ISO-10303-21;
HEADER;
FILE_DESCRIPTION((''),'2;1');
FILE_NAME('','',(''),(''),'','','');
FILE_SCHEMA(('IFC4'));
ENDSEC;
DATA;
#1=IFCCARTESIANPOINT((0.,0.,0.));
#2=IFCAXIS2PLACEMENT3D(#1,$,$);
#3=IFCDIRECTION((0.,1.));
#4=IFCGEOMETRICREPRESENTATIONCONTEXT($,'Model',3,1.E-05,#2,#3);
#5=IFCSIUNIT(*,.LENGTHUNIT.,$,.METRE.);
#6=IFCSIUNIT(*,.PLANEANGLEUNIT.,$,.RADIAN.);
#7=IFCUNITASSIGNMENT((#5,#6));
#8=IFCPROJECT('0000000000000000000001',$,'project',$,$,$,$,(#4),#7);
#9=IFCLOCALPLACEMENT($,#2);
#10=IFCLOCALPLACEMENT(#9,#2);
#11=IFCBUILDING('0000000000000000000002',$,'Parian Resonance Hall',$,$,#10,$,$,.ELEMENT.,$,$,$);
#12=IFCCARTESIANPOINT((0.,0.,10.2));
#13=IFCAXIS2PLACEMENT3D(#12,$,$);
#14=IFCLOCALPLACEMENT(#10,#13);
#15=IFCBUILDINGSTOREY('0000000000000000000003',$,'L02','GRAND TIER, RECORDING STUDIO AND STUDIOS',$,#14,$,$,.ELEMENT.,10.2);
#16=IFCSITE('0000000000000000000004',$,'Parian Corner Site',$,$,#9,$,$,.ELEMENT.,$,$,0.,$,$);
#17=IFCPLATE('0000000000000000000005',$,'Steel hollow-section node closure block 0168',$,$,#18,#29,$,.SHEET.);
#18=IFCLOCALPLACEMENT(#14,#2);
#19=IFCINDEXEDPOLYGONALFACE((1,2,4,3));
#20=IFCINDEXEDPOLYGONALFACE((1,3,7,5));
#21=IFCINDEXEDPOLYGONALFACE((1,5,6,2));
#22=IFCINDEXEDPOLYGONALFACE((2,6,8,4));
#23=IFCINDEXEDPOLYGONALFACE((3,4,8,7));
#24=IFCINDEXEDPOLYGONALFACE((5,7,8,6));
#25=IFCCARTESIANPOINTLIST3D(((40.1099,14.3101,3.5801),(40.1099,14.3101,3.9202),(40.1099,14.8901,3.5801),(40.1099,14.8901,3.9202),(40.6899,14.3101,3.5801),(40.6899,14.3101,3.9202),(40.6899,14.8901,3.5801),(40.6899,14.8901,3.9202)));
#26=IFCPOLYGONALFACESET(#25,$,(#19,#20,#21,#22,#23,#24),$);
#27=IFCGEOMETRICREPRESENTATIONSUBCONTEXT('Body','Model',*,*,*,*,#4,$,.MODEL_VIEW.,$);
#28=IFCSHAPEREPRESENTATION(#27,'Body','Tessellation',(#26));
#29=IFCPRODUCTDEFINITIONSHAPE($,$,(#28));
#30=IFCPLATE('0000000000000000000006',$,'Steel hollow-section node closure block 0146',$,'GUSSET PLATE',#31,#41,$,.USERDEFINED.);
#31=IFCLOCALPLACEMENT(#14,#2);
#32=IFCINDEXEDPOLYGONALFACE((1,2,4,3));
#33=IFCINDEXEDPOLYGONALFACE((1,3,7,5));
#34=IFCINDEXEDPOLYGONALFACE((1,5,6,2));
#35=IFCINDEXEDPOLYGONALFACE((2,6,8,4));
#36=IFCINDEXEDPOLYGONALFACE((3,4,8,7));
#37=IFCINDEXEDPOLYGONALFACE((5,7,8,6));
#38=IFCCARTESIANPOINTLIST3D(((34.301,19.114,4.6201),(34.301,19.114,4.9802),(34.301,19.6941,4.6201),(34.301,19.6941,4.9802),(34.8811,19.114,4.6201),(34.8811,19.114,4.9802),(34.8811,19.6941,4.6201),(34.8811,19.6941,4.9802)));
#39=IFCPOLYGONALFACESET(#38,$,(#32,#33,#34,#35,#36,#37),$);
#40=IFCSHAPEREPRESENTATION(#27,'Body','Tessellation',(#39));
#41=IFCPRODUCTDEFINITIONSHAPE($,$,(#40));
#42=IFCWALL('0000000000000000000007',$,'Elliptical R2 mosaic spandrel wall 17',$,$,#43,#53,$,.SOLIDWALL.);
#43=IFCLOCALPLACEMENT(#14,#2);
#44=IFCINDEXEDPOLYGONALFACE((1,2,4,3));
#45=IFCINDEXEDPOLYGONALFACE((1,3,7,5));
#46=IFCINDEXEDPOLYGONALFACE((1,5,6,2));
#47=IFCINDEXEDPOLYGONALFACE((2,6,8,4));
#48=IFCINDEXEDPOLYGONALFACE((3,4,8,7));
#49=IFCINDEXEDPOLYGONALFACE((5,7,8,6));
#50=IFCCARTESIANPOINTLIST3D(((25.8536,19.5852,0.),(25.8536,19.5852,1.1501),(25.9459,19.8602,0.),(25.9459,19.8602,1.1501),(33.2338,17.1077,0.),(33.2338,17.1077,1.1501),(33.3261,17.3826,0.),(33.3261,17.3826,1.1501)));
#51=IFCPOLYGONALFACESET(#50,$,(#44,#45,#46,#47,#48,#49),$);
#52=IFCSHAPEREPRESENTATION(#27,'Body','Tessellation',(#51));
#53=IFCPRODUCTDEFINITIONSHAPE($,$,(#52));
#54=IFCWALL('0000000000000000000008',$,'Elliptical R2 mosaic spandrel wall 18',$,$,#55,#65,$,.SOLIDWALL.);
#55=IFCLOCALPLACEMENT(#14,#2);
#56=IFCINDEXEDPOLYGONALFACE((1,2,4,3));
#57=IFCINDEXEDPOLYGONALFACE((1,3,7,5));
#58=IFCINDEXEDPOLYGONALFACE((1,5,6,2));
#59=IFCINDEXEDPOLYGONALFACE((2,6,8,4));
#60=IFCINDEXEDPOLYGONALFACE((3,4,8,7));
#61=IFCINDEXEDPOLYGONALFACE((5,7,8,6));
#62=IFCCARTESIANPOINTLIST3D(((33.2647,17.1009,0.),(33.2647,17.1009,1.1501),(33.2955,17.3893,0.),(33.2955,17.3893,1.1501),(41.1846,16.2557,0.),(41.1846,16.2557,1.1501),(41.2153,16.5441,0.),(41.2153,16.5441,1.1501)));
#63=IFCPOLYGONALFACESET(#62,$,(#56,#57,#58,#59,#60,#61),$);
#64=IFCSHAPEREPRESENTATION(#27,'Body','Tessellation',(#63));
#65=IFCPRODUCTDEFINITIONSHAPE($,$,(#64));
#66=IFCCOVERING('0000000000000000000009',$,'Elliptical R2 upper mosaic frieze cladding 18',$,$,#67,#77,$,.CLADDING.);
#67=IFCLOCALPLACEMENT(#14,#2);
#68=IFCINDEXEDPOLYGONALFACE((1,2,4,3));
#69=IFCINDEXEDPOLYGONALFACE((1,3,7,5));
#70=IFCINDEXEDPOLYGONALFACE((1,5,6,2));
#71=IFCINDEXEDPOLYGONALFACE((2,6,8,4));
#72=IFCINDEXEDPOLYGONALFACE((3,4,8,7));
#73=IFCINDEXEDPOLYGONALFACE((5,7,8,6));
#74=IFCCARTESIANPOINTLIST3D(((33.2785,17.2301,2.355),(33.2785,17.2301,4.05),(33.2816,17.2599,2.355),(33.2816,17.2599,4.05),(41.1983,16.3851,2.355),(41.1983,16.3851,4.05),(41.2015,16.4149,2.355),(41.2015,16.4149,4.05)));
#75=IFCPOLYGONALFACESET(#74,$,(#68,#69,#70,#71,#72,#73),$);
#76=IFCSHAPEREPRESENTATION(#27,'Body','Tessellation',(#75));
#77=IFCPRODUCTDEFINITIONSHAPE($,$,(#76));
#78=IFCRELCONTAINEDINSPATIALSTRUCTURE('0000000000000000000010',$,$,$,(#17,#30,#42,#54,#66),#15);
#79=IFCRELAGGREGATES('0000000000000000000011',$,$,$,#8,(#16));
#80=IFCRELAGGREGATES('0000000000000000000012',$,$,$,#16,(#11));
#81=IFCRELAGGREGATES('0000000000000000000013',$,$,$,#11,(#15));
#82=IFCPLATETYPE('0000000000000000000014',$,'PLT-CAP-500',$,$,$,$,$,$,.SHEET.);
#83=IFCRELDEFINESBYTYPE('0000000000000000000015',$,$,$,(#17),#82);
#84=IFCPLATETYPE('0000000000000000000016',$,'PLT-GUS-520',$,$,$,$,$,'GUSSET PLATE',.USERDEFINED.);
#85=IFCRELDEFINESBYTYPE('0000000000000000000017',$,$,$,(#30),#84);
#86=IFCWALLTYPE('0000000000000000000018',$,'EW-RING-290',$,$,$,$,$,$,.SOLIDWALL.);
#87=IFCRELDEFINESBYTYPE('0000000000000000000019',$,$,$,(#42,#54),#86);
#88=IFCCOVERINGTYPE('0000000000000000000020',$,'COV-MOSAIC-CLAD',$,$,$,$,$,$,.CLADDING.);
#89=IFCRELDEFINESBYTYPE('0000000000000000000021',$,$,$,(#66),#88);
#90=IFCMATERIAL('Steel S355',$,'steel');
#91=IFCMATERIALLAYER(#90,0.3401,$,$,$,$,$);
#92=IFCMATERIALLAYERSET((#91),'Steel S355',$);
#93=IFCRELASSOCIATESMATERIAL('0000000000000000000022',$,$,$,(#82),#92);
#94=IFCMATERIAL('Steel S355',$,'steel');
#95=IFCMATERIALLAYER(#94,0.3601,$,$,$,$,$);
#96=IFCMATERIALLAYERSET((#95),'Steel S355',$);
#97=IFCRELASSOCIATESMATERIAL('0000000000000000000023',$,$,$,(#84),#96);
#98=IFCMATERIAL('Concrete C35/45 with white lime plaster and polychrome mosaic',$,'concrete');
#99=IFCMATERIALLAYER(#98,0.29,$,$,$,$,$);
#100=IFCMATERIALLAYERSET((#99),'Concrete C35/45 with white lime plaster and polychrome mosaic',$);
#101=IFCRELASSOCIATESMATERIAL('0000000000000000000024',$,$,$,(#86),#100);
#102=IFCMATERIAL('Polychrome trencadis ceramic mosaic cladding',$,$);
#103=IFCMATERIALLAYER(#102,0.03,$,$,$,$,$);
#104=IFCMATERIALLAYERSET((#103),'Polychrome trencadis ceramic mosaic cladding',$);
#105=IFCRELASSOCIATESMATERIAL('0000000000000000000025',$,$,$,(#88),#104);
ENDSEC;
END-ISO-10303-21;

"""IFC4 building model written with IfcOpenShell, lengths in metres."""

from ifc_helpers import new_model, si_unit, direction, frame, frame_2d, origin, origin_2d, place, context, subcontext, project, spatial, rectangle, extrude, material, layer, layer_set, type_object, element, save


model = new_model("IFC4")

# Units and contexts
model_context = context("Model", 3, precision=1e-05, world=origin(), true_north=direction((0.0, 1.0)))
body_context = subcontext(model_context, "Body", "Model", "MODEL_VIEW")
ifc_project = project(units=[si_unit("LENGTHUNIT", "METRE"), si_unit("PLANEANGLEUNIT", "RADIAN")], contexts=[model_context])

# Site, building, storey
site_placement = place(None, origin())
site = spatial("IfcSite", under=ifc_project, at=site_placement, Name="Parian Corner Site", CompositionType="ELEMENT", RefElevation=0.0)
building_placement = place(site_placement, origin())
building = spatial("IfcBuilding", under=site, at=building_placement, Name="Parian Resonance Hall", CompositionType="ELEMENT")
storey_placement = place(building_placement, frame((0.0, 0.0, 10.2)))
storey = spatial("IfcBuildingStorey", under=building, at=storey_placement, Name="L02", Description="GRAND TIER, RECORDING STUDIO AND STUDIOS", CompositionType="ELEMENT", Elevation=10.2)

# Plates
ifc_material_1 = material(Name="Steel S355", Category="steel")
ifc_layer_1 = layer(ifc_material_1, 0.3401)
ifc_layer_set_1 = layer_set([ifc_layer_1], Name="Steel S355")
plate_type_1 = type_object("IfcPlateType", Name="PLT-CAP-500", PredefinedType="SHEET", material=ifc_layer_set_1)
for number, where, z_axis, x_axis, name in (
    (1, (40.3999, 14.6001, 3.5801), (0.0, 0.0, 1.0), (1.0, 0.0, 0.0), "Steel hollow-section node closure block 0168"),
):
    element("IfcPlate", number, at=place(storey_placement, frame(where, z_axis=z_axis, x_axis=x_axis)), inside=storey, type_object=plate_type_1, Name=name, PredefinedType="SHEET", context=body_context, shape_type="SweptSolid", body=[
        extrude(rectangle(XDim=0.5801, YDim=0.5801, at=origin_2d()), origin(), (0.0, 0.0, 1.0), 0.3401),
    ])
ifc_material_2 = material(Name="Steel S355", Category="steel")
ifc_layer_2 = layer(ifc_material_2, 0.3601)
ifc_layer_set_2 = layer_set([ifc_layer_2], Name="Steel S355")
plate_type_2 = type_object("IfcPlateType", Name="PLT-GUS-520", ElementType="GUSSET PLATE", PredefinedType="USERDEFINED", material=ifc_layer_set_2)
plate_1_placement = place(storey_placement, frame((34.5911, 19.4041, 4.6201), z_axis=(0.0, 0.0, 1.0), x_axis=(1.0, 0.0, 0.0)))
element("IfcPlate", 2, at=plate_1_placement, inside=storey, type_object=plate_type_2, Name="Steel hollow-section node closure block 0146", ObjectType="GUSSET PLATE", PredefinedType="USERDEFINED", context=body_context, shape_type="SweptSolid", body=[
    extrude(rectangle(XDim=0.5801, YDim=0.5801, at=origin_2d()), origin(), (0.0, 0.0, 1.0), 0.3601),
])

# Walls
ifc_material_3 = material(Name="Concrete C35/45 with white lime plaster and polychrome mosaic", Category="concrete")
ifc_layer_3 = layer(ifc_material_3, 0.29)
ifc_layer_set_3 = layer_set([ifc_layer_3], Name="Concrete C35/45 with white lime plaster and polychrome mosaic")
wall_type = type_object("IfcWallType", Name="EW-RING-290", PredefinedType="SOLIDWALL", material=ifc_layer_set_3)
wall_1_placement = place(storey_placement, frame((33.28, 17.2451, 0.0), z_axis=(0.0, 0.0, 1.0), x_axis=(-0.948007, 0.31825, 0.0)))
element("IfcWall", 3, at=wall_1_placement, inside=storey, type_object=wall_type, Name="Elliptical R2 mosaic spandrel wall 17", PredefinedType="SOLIDWALL", context=body_context, shape_type="SweptSolid", body=[
    extrude(rectangle(XDim=7.7849, YDim=0.29, at=frame_2d((3.8926, 0.0))), origin(), (0.0, 0.0, 1.0), 1.1501),
])
wall_2_placement = place(storey_placement, frame((41.2, 16.3999, 0.0), z_axis=(0.0, 0.0, 1.0), x_axis=(-0.994354, 0.106118, 0.0)))
element("IfcWall", 4, at=wall_2_placement, inside=storey, type_object=wall_type, Name="Elliptical R2 mosaic spandrel wall 18", PredefinedType="SOLIDWALL", context=body_context, shape_type="SweptSolid", body=[
    extrude(rectangle(XDim=7.9648, YDim=0.29, at=frame_2d((3.9824, 0.0))), origin(), (0.0, 0.0, 1.0), 1.1501),
])

# Covering
ifc_material_4 = material(Name="Polychrome trencadis ceramic mosaic cladding")
ifc_layer_4 = layer(ifc_material_4, 0.03)
ifc_layer_set_4 = layer_set([ifc_layer_4], Name="Polychrome trencadis ceramic mosaic cladding")
covering_type = type_object("IfcCoveringType", Name="COV-MOSAIC-CLAD", PredefinedType="CLADDING", material=ifc_layer_set_4)
covering_placement = place(storey_placement, frame((37.24, 16.8225, 2.355), z_axis=(0.0, 0.0, 1.0), x_axis=(-0.994356, 0.106091, 0.0)))
element("IfcCovering", 5, at=covering_placement, inside=storey, type_object=covering_type, Name="Elliptical R2 upper mosaic frieze cladding 18", PredefinedType="CLADDING", context=body_context, shape_type="SweptSolid", body=[
    extrude(rectangle(XDim=7.9648, YDim=0.03, at=origin_2d()), origin(), (0.0, 0.0, 1.0), 1.6951),
])

save(model, "model.ifc")
